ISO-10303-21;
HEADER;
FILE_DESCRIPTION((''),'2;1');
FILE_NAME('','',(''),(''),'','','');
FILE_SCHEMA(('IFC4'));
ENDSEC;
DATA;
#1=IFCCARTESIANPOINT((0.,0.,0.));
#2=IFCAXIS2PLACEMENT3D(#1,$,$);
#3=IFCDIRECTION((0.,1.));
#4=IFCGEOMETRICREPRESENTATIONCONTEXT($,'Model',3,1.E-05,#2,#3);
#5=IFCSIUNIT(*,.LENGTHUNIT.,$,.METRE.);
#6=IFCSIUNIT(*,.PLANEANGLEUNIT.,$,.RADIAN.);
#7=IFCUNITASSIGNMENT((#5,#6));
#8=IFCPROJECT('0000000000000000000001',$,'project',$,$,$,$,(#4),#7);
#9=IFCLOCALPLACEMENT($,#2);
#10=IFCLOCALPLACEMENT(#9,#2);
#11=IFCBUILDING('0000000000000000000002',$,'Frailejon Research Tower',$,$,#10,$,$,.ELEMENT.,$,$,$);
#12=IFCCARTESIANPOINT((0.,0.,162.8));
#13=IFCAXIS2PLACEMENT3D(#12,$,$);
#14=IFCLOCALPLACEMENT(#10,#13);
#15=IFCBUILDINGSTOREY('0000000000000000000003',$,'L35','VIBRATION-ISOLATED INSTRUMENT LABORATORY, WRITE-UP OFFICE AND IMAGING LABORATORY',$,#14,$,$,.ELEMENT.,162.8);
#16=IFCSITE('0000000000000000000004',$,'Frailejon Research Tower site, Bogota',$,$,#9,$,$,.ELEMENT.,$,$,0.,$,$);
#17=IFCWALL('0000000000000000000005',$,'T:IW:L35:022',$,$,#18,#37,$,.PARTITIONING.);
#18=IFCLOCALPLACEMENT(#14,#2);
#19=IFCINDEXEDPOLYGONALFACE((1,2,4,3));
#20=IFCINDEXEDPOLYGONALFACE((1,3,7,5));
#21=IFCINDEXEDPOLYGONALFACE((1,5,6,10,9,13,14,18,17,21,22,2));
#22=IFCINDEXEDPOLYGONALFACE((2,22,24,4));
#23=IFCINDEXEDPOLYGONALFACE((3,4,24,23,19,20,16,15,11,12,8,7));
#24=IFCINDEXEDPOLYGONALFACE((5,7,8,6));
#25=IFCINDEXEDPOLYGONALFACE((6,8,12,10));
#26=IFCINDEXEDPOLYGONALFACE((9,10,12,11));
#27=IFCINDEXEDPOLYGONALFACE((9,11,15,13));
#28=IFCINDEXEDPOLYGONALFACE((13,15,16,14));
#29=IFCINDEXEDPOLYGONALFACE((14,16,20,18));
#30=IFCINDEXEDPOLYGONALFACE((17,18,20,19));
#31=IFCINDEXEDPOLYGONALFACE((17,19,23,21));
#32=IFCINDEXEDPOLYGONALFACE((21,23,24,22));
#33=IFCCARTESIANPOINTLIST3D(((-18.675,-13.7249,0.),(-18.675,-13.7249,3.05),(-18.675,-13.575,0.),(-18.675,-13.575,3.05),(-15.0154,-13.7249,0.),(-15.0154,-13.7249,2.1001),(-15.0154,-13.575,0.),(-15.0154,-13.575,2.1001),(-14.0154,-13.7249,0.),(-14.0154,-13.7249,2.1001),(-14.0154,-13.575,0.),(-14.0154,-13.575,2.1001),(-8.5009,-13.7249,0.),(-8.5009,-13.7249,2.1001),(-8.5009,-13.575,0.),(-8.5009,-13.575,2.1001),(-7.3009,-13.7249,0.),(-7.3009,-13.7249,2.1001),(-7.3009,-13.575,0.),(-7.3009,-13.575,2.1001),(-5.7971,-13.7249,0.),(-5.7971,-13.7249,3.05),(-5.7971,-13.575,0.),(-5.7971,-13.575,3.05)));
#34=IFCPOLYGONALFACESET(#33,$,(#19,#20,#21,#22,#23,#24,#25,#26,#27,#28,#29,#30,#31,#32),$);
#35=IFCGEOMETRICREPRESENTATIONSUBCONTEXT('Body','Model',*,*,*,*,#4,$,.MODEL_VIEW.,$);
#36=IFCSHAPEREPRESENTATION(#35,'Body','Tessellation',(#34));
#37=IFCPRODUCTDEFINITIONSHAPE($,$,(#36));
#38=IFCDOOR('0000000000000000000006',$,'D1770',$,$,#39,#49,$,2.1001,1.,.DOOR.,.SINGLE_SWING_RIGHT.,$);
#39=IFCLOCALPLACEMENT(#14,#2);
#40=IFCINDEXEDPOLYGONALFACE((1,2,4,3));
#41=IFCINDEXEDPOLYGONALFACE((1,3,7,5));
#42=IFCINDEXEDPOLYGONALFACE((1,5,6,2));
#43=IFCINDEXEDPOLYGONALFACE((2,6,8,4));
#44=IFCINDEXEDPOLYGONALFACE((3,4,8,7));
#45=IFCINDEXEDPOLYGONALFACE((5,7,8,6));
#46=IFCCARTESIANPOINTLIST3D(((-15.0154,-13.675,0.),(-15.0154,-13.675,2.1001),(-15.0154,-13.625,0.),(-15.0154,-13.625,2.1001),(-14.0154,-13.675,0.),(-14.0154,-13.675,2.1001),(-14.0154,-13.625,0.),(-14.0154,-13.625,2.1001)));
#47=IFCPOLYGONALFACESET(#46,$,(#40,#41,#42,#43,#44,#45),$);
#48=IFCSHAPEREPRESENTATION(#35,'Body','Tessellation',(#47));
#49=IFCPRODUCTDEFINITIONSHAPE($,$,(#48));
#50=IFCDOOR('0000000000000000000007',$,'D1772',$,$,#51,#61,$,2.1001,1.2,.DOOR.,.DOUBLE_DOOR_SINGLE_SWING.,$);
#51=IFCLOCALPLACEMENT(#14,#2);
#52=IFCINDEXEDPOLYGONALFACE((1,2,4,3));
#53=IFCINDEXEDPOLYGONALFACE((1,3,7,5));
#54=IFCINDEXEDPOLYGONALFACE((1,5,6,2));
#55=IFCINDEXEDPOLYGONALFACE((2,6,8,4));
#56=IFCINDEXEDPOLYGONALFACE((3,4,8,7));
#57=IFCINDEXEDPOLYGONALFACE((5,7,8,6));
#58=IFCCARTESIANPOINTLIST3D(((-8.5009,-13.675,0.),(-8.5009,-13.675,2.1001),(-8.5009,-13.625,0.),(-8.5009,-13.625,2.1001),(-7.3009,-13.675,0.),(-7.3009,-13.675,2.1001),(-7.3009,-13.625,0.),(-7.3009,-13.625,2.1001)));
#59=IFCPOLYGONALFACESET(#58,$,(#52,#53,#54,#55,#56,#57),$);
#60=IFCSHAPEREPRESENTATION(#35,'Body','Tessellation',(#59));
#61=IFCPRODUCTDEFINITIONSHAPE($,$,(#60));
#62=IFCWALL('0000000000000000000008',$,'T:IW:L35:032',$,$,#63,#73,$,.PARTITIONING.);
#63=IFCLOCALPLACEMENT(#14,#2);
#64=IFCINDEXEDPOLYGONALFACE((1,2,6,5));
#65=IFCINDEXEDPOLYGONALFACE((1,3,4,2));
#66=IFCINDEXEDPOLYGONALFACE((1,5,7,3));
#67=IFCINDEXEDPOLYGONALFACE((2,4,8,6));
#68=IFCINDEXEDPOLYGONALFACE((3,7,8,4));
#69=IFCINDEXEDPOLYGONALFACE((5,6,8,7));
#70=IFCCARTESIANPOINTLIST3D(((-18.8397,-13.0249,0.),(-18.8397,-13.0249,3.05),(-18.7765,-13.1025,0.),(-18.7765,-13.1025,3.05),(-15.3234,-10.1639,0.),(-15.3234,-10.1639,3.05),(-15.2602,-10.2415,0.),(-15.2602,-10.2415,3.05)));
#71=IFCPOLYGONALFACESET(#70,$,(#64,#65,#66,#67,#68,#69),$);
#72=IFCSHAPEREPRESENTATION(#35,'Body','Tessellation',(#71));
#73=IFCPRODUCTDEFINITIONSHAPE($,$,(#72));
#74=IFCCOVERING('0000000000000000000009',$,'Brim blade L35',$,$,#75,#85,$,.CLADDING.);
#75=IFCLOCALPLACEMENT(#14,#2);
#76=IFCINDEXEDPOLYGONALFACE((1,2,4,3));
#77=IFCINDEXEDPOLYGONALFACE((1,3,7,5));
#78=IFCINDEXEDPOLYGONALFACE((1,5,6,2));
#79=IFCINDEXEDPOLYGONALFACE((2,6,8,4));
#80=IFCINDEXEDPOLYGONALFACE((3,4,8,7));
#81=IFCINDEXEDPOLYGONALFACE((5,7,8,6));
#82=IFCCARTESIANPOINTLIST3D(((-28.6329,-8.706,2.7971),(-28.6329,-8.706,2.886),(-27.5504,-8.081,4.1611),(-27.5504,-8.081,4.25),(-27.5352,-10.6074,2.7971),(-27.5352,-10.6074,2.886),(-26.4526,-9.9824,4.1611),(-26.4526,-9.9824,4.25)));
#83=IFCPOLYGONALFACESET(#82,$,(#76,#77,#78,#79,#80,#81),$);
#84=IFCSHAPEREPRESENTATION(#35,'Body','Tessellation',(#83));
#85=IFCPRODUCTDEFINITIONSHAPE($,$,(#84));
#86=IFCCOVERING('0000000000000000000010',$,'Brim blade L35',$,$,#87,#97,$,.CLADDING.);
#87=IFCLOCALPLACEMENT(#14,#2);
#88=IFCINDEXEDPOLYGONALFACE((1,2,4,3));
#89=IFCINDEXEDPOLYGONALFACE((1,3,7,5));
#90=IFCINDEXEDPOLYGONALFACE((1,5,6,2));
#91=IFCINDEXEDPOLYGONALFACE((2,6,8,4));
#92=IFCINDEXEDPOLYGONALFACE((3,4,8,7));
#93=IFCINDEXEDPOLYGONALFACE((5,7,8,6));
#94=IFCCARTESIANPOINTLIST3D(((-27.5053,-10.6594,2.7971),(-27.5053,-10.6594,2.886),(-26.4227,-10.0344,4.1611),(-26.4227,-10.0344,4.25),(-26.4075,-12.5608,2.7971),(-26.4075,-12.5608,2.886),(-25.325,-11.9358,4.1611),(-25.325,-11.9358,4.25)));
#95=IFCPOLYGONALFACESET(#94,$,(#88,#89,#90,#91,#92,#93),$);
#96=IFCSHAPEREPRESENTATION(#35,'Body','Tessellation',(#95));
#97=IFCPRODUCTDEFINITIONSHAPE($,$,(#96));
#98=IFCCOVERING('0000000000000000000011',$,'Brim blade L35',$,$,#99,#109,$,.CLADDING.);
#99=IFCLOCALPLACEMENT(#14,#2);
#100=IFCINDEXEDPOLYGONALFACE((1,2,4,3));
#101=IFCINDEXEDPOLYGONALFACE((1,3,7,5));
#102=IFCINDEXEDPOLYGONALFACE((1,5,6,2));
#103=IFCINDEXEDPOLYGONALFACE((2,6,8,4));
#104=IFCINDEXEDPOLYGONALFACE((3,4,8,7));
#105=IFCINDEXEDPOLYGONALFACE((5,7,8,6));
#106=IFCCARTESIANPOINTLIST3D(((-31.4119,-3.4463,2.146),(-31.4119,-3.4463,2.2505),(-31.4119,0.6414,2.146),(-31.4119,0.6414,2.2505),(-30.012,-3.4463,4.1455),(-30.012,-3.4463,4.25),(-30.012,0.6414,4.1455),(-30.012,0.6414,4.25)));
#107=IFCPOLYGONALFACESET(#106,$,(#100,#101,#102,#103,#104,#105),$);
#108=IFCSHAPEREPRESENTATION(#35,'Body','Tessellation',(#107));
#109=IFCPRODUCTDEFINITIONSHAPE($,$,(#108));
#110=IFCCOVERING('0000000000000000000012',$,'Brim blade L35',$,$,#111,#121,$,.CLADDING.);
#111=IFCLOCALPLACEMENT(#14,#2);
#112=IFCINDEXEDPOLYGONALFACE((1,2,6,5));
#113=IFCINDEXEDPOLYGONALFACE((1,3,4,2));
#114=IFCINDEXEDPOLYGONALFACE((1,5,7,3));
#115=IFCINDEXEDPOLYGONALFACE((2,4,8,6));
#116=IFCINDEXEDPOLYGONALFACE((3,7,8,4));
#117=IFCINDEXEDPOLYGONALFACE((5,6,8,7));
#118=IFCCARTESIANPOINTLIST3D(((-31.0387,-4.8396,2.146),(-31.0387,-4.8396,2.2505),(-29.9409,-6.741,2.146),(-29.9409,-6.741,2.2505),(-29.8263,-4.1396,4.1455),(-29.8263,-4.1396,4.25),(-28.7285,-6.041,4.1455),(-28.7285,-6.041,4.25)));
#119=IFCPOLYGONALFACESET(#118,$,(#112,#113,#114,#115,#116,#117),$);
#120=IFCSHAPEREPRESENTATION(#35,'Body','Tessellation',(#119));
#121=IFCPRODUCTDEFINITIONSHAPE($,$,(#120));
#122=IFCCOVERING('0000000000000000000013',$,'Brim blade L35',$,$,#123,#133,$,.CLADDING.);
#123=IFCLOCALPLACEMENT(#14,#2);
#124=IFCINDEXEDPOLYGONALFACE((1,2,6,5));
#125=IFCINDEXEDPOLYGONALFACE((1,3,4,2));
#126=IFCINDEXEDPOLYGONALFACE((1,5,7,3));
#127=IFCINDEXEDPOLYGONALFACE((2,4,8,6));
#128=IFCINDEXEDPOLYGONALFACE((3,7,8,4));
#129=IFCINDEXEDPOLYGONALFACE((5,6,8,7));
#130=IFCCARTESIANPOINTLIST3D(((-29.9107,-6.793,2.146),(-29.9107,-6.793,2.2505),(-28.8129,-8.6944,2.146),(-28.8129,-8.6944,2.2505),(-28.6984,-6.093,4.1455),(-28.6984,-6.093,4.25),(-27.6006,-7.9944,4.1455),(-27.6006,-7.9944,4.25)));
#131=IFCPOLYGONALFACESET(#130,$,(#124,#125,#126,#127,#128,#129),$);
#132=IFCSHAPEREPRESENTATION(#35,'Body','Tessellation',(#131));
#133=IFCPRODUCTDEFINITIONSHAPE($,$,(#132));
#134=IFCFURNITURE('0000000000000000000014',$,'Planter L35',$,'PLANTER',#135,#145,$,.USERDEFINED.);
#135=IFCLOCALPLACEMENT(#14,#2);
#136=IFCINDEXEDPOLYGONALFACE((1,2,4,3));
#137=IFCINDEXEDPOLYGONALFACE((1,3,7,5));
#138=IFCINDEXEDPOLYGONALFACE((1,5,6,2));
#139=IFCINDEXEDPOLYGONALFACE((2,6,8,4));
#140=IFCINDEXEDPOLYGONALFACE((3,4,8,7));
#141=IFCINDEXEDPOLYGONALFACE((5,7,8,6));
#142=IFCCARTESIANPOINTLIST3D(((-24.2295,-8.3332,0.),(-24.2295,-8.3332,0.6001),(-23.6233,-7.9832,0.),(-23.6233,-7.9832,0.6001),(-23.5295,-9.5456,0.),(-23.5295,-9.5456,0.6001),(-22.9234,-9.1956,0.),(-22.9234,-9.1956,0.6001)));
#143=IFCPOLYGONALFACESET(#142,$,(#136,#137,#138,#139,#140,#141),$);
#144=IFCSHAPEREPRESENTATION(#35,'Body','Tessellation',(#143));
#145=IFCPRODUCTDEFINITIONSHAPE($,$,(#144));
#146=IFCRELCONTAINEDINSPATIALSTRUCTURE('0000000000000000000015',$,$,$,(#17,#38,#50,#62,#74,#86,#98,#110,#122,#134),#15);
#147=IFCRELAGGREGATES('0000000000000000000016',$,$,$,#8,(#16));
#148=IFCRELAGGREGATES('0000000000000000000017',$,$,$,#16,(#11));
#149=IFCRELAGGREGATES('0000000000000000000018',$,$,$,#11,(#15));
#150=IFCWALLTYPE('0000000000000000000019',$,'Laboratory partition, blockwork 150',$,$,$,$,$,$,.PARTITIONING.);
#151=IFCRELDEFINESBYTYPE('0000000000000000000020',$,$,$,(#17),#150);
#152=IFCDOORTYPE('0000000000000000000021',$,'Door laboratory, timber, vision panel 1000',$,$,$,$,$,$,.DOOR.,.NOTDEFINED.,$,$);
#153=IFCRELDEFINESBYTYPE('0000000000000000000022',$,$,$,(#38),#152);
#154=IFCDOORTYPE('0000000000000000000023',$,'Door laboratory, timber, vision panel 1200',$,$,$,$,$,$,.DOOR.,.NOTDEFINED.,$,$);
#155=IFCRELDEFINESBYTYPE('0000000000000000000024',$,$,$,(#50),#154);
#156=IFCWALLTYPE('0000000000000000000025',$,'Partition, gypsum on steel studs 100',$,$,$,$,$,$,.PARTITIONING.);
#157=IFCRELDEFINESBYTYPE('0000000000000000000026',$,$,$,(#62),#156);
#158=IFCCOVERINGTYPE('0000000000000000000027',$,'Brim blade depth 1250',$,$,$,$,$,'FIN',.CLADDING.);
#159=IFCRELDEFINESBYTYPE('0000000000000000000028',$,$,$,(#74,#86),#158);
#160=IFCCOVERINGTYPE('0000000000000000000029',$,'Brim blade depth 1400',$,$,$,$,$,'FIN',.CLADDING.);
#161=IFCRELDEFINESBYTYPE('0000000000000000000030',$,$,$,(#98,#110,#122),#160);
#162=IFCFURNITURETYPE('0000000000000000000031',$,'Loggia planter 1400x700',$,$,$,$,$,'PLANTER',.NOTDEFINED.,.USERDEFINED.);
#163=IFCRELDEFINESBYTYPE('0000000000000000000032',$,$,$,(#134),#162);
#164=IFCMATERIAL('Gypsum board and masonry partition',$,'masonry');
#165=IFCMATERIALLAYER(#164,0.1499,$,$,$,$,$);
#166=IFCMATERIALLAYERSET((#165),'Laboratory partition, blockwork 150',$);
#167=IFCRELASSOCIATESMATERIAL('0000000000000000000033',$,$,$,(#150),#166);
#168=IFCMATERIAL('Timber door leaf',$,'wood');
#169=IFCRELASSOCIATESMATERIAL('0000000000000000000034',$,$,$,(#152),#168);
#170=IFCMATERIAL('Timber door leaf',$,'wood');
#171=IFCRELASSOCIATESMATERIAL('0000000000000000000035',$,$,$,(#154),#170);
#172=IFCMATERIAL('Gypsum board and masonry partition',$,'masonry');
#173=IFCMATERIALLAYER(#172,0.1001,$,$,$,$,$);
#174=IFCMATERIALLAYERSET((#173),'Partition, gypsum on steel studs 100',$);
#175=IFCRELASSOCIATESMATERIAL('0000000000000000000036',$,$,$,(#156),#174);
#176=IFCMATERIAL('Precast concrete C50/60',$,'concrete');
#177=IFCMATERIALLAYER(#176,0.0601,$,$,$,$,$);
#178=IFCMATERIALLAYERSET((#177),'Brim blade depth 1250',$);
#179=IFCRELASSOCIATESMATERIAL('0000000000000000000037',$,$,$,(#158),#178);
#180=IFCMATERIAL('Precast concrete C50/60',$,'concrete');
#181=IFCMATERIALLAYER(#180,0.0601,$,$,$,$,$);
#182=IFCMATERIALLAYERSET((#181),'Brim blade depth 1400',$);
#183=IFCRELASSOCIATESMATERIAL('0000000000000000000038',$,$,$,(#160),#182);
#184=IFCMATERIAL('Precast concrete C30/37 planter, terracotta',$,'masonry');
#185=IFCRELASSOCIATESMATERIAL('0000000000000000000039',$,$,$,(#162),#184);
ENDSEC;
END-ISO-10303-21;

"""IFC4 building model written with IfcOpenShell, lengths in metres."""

from ifc_helpers import new_model, si_unit, direction, frame, frame_2d, origin, origin_2d, place, context, subcontext, project, spatial, polyline, rectangle, outline, extrude, material, layer, layer_set, type_object, element, fill, save


model = new_model("IFC4")

# Units and contexts
model_context = context("Model", 3, precision=1e-05, world=origin(), true_north=direction((0.0, 1.0)))
body_context = subcontext(model_context, "Body", "Model", "MODEL_VIEW")
ifc_project = project(units=[si_unit("LENGTHUNIT", "METRE"), si_unit("PLANEANGLEUNIT", "RADIAN")], contexts=[model_context])

# Site, building, storey
site_placement = place(None, origin())
site = spatial("IfcSite", under=ifc_project, at=site_placement, Name="Frailejon Research Tower site, Bogota", CompositionType="ELEMENT", RefElevation=0.0)
building_placement = place(site_placement, origin())
building = spatial("IfcBuilding", under=site, at=building_placement, Name="Frailejon Research Tower", CompositionType="ELEMENT")
storey_placement = place(building_placement, frame((0.0, 0.0, 162.8)))
storey = spatial("IfcBuildingStorey", under=building, at=storey_placement, Name="L35", Description="VIBRATION-ISOLATED INSTRUMENT LABORATORY, WRITE-UP OFFICE AND IMAGING LABORATORY", CompositionType="ELEMENT", Elevation=162.8)

# Wall, openings, doors
ifc_material_1 = material(Name="Gypsum board and masonry partition", Category="masonry")
ifc_layer_1 = layer(ifc_material_1, 0.1499)
ifc_layer_set_1 = layer_set([ifc_layer_1], Name="Laboratory partition, blockwork 150")
wall_type_1 = type_object("IfcWallType", Name="Laboratory partition, blockwork 150", PredefinedType="PARTITIONING", material=ifc_layer_set_1)
wall_1_placement = place(storey_placement, frame((-18.675, -13.6499, 0.0), z_axis=(0.0, 0.0, 1.0), x_axis=(1.0, 0.0, 0.0)))
wall_1 = element("IfcWall", 1, at=wall_1_placement, inside=storey, type_object=wall_type_1, Name="T:IW:L35:022", PredefinedType="PARTITIONING", context=body_context, shape_type="SweptSolid", body=[
    extrude(rectangle(XDim=12.8779, YDim=0.1499, at=frame_2d((6.439, 0.0))), origin(), (0.0, 0.0, 1.0), 3.05),
])
opening_1_placement = place(wall_1_placement, frame((3.6597, 0.0, 0.0)))
opening_1 = element("IfcOpeningElement", 2, at=opening_1_placement, cuts=wall_1, PredefinedType="OPENING", context=body_context, shape_type="SweptSolid", body=[
    extrude(rectangle(XDim=1.0, YDim=2.1001, at=frame_2d((0.5, 1.05))), frame((0.0, 0.085, 0.0), z_axis=(0.0, -1.0, 0.0), x_axis=(1.0, 0.0, 0.0)), (0.0, 0.0, 1.0), 0.1699),
])
opening_2_placement = place(wall_1_placement, frame((10.1741, 0.0, 0.0)))
opening_2 = element("IfcOpeningElement", 3, at=opening_2_placement, cuts=wall_1, PredefinedType="OPENING", context=body_context, shape_type="SweptSolid", body=[
    extrude(rectangle(XDim=1.2, YDim=2.1001, at=frame_2d((0.6001, 1.05))), frame((0.0, 0.085, 0.0), z_axis=(0.0, -1.0, 0.0), x_axis=(1.0, 0.0, 0.0)), (0.0, 0.0, 1.0), 0.1699),
])
ifc_material_2 = material(Name="Timber door leaf", Category="wood")
door_type_1 = type_object("IfcDoorType", Name="Door laboratory, timber, vision panel 1000", OperationType="NOTDEFINED", PredefinedType="DOOR", material=ifc_material_2)
door_1_placement = place(opening_1_placement, origin())
door_1 = element("IfcDoor", 4, at=door_1_placement, inside=storey, type_object=door_type_1, Name="D1770", OperationType="SINGLE_SWING_RIGHT", OverallHeight=2.1001, OverallWidth=1.0, PredefinedType="DOOR", context=body_context, shape_type="SweptSolid", body=[
    extrude(rectangle(XDim=1.0, YDim=2.1001, at=frame_2d((0.5, 1.05))), frame((0.0, 0.0249, 0.0), z_axis=(0.0, -1.0, 0.0), x_axis=(1.0, 0.0, 0.0)), (0.0, 0.0, 1.0), 0.05),
])
fill(opening_1, door_1)
ifc_material_3 = material(Name="Timber door leaf", Category="wood")
door_type_2 = type_object("IfcDoorType", Name="Door laboratory, timber, vision panel 1200", OperationType="NOTDEFINED", PredefinedType="DOOR", material=ifc_material_3)
door_2_placement = place(opening_2_placement, origin())
door_2 = element("IfcDoor", 5, at=door_2_placement, inside=storey, type_object=door_type_2, Name="D1772", OperationType="DOUBLE_DOOR_SINGLE_SWING", OverallHeight=2.1001, OverallWidth=1.2, PredefinedType="DOOR", context=body_context, shape_type="SweptSolid", body=[
    extrude(rectangle(XDim=1.2, YDim=2.1001, at=frame_2d((0.6001, 1.05))), frame((0.0, 0.0249, 0.0), z_axis=(0.0, -1.0, 0.0), x_axis=(1.0, 0.0, 0.0)), (0.0, 0.0, 1.0), 0.05),
])
fill(opening_2, door_2)

# Wall
ifc_material_4 = material(Name="Gypsum board and masonry partition", Category="masonry")
ifc_layer_2 = layer(ifc_material_4, 0.1001)
ifc_layer_set_2 = layer_set([ifc_layer_2], Name="Partition, gypsum on steel studs 100")
wall_type_2 = type_object("IfcWallType", Name="Partition, gypsum on steel studs 100", PredefinedType="PARTITIONING", material=ifc_layer_set_2)
wall_2_placement = place(storey_placement, frame((-18.8081, -13.0637, 0.0), z_axis=(0.0, 0.0, 1.0), x_axis=(0.775677, 0.63113, 0.0)))
element("IfcWall", 6, at=wall_2_placement, inside=storey, type_object=wall_type_2, Name="T:IW:L35:032", PredefinedType="PARTITIONING", context=body_context, shape_type="SweptSolid", body=[
    extrude(rectangle(XDim=4.5332, YDim=0.1001, at=frame_2d((2.2666, 0.0))), origin(), (0.0, 0.0, 1.0), 3.05),
])

# Coverings
ifc_material_5 = material(Name="Precast concrete C50/60", Category="concrete")
ifc_layer_3 = layer(ifc_material_5, 0.0601)
ifc_layer_set_3 = layer_set([ifc_layer_3], Name="Brim blade depth 1250")
covering_type_1 = type_object("IfcCoveringType", Name="Brim blade depth 1250", ElementType="FIN", PredefinedType="CLADDING", material=ifc_layer_set_3)
for number, where, z_axis, x_axis, name in (
    (7, (-26.4526, -9.9824, 4.25), (-0.499996, 0.866028, 0.0), (-0.866028, -0.499996, 0.0), "Brim blade L35"),
    (8, (-25.325, -11.9358, 4.25), (-0.499996, 0.866028, 0.0), (-0.866028, -0.499996, 0.0), "Brim blade L35"),
):
    element("IfcCovering", number, at=place(storey_placement, frame(where, z_axis=z_axis, x_axis=x_axis)), inside=storey, type_object=covering_type_1, Name=name, PredefinedType="CLADDING", context=body_context, shape_type="SweptSolid", body=[
        extrude(outline(polyline([(0.0, -0.0889), (1.25, -1.4529), (1.25, -1.364), (0.0, 0.0), (0.0, -0.0889)])), origin(), (0.0, 0.0, 1.0), 2.1956),
    ])
ifc_material_6 = material(Name="Precast concrete C50/60", Category="concrete")
ifc_layer_4 = layer(ifc_material_6, 0.0601)
ifc_layer_set_4 = layer_set([ifc_layer_4], Name="Brim blade depth 1400")
covering_type_2 = type_object("IfcCoveringType", Name="Brim blade depth 1400", ElementType="FIN", PredefinedType="CLADDING", material=ifc_layer_set_4)
covering_placement = place(storey_placement, frame((-30.012, -3.4463, 4.25), z_axis=(0.0, 1.0, 0.0), x_axis=(-1.0, 0.0, 0.0)))
element("IfcCovering", 9, at=covering_placement, inside=storey, type_object=covering_type_2, Name="Brim blade L35", PredefinedType="CLADDING", context=body_context, shape_type="SweptSolid", body=[
    extrude(outline(polyline([(0.0, -0.1045), (1.3999, -2.104), (1.3999, -1.9995), (0.0, 0.0), (0.0, -0.1045)])), origin(), (0.0, 0.0, 1.0), 4.0876),
])
for number, where, z_axis, x_axis, name in (
    (10, (-28.7285, -6.041, 4.25), (-0.500012, 0.866018, 0.0), (-0.866018, -0.500012, 0.0), "Brim blade L35"),
    (11, (-27.6006, -7.9944, 4.25), (-0.500012, 0.866018, 0.0), (-0.866018, -0.500012, 0.0), "Brim blade L35"),
):
    element("IfcCovering", number, at=place(storey_placement, frame(where, z_axis=z_axis, x_axis=x_axis)), inside=storey, type_object=covering_type_2, Name=name, PredefinedType="CLADDING", context=body_context, shape_type="SweptSolid", body=[
        extrude(outline(polyline([(0.0, -0.1045), (1.3999, -2.104), (1.3999, -1.9995), (0.0, 0.0), (0.0, -0.1045)])), origin(), (0.0, 0.0, 1.0), 2.1956),
    ])

# Furniture
ifc_material_7 = material(Name="Precast concrete C30/37 planter, terracotta", Category="masonry")
furniture_type = type_object("IfcFurnitureType", Name="Loggia planter 1400x700", ElementType="PLANTER", AssemblyPlace="NOTDEFINED", PredefinedType="USERDEFINED", material=ifc_material_7)
furniture_placement = place(storey_placement, frame((-23.5764, -8.7644, 0.0), z_axis=(0.0, 0.0, 1.0), x_axis=(0.5, -0.866025, 0.0)))
element("IfcFurniture", 12, at=furniture_placement, inside=storey, type_object=furniture_type, Name="Planter L35", ObjectType="PLANTER", PredefinedType="USERDEFINED", context=body_context, shape_type="SweptSolid", body=[
    extrude(rectangle(XDim=1.3999, YDim=0.7, at=origin_2d()), origin(), (0.0, 0.0, 1.0), 0.6001),
])

save(model, "model.ifc")
